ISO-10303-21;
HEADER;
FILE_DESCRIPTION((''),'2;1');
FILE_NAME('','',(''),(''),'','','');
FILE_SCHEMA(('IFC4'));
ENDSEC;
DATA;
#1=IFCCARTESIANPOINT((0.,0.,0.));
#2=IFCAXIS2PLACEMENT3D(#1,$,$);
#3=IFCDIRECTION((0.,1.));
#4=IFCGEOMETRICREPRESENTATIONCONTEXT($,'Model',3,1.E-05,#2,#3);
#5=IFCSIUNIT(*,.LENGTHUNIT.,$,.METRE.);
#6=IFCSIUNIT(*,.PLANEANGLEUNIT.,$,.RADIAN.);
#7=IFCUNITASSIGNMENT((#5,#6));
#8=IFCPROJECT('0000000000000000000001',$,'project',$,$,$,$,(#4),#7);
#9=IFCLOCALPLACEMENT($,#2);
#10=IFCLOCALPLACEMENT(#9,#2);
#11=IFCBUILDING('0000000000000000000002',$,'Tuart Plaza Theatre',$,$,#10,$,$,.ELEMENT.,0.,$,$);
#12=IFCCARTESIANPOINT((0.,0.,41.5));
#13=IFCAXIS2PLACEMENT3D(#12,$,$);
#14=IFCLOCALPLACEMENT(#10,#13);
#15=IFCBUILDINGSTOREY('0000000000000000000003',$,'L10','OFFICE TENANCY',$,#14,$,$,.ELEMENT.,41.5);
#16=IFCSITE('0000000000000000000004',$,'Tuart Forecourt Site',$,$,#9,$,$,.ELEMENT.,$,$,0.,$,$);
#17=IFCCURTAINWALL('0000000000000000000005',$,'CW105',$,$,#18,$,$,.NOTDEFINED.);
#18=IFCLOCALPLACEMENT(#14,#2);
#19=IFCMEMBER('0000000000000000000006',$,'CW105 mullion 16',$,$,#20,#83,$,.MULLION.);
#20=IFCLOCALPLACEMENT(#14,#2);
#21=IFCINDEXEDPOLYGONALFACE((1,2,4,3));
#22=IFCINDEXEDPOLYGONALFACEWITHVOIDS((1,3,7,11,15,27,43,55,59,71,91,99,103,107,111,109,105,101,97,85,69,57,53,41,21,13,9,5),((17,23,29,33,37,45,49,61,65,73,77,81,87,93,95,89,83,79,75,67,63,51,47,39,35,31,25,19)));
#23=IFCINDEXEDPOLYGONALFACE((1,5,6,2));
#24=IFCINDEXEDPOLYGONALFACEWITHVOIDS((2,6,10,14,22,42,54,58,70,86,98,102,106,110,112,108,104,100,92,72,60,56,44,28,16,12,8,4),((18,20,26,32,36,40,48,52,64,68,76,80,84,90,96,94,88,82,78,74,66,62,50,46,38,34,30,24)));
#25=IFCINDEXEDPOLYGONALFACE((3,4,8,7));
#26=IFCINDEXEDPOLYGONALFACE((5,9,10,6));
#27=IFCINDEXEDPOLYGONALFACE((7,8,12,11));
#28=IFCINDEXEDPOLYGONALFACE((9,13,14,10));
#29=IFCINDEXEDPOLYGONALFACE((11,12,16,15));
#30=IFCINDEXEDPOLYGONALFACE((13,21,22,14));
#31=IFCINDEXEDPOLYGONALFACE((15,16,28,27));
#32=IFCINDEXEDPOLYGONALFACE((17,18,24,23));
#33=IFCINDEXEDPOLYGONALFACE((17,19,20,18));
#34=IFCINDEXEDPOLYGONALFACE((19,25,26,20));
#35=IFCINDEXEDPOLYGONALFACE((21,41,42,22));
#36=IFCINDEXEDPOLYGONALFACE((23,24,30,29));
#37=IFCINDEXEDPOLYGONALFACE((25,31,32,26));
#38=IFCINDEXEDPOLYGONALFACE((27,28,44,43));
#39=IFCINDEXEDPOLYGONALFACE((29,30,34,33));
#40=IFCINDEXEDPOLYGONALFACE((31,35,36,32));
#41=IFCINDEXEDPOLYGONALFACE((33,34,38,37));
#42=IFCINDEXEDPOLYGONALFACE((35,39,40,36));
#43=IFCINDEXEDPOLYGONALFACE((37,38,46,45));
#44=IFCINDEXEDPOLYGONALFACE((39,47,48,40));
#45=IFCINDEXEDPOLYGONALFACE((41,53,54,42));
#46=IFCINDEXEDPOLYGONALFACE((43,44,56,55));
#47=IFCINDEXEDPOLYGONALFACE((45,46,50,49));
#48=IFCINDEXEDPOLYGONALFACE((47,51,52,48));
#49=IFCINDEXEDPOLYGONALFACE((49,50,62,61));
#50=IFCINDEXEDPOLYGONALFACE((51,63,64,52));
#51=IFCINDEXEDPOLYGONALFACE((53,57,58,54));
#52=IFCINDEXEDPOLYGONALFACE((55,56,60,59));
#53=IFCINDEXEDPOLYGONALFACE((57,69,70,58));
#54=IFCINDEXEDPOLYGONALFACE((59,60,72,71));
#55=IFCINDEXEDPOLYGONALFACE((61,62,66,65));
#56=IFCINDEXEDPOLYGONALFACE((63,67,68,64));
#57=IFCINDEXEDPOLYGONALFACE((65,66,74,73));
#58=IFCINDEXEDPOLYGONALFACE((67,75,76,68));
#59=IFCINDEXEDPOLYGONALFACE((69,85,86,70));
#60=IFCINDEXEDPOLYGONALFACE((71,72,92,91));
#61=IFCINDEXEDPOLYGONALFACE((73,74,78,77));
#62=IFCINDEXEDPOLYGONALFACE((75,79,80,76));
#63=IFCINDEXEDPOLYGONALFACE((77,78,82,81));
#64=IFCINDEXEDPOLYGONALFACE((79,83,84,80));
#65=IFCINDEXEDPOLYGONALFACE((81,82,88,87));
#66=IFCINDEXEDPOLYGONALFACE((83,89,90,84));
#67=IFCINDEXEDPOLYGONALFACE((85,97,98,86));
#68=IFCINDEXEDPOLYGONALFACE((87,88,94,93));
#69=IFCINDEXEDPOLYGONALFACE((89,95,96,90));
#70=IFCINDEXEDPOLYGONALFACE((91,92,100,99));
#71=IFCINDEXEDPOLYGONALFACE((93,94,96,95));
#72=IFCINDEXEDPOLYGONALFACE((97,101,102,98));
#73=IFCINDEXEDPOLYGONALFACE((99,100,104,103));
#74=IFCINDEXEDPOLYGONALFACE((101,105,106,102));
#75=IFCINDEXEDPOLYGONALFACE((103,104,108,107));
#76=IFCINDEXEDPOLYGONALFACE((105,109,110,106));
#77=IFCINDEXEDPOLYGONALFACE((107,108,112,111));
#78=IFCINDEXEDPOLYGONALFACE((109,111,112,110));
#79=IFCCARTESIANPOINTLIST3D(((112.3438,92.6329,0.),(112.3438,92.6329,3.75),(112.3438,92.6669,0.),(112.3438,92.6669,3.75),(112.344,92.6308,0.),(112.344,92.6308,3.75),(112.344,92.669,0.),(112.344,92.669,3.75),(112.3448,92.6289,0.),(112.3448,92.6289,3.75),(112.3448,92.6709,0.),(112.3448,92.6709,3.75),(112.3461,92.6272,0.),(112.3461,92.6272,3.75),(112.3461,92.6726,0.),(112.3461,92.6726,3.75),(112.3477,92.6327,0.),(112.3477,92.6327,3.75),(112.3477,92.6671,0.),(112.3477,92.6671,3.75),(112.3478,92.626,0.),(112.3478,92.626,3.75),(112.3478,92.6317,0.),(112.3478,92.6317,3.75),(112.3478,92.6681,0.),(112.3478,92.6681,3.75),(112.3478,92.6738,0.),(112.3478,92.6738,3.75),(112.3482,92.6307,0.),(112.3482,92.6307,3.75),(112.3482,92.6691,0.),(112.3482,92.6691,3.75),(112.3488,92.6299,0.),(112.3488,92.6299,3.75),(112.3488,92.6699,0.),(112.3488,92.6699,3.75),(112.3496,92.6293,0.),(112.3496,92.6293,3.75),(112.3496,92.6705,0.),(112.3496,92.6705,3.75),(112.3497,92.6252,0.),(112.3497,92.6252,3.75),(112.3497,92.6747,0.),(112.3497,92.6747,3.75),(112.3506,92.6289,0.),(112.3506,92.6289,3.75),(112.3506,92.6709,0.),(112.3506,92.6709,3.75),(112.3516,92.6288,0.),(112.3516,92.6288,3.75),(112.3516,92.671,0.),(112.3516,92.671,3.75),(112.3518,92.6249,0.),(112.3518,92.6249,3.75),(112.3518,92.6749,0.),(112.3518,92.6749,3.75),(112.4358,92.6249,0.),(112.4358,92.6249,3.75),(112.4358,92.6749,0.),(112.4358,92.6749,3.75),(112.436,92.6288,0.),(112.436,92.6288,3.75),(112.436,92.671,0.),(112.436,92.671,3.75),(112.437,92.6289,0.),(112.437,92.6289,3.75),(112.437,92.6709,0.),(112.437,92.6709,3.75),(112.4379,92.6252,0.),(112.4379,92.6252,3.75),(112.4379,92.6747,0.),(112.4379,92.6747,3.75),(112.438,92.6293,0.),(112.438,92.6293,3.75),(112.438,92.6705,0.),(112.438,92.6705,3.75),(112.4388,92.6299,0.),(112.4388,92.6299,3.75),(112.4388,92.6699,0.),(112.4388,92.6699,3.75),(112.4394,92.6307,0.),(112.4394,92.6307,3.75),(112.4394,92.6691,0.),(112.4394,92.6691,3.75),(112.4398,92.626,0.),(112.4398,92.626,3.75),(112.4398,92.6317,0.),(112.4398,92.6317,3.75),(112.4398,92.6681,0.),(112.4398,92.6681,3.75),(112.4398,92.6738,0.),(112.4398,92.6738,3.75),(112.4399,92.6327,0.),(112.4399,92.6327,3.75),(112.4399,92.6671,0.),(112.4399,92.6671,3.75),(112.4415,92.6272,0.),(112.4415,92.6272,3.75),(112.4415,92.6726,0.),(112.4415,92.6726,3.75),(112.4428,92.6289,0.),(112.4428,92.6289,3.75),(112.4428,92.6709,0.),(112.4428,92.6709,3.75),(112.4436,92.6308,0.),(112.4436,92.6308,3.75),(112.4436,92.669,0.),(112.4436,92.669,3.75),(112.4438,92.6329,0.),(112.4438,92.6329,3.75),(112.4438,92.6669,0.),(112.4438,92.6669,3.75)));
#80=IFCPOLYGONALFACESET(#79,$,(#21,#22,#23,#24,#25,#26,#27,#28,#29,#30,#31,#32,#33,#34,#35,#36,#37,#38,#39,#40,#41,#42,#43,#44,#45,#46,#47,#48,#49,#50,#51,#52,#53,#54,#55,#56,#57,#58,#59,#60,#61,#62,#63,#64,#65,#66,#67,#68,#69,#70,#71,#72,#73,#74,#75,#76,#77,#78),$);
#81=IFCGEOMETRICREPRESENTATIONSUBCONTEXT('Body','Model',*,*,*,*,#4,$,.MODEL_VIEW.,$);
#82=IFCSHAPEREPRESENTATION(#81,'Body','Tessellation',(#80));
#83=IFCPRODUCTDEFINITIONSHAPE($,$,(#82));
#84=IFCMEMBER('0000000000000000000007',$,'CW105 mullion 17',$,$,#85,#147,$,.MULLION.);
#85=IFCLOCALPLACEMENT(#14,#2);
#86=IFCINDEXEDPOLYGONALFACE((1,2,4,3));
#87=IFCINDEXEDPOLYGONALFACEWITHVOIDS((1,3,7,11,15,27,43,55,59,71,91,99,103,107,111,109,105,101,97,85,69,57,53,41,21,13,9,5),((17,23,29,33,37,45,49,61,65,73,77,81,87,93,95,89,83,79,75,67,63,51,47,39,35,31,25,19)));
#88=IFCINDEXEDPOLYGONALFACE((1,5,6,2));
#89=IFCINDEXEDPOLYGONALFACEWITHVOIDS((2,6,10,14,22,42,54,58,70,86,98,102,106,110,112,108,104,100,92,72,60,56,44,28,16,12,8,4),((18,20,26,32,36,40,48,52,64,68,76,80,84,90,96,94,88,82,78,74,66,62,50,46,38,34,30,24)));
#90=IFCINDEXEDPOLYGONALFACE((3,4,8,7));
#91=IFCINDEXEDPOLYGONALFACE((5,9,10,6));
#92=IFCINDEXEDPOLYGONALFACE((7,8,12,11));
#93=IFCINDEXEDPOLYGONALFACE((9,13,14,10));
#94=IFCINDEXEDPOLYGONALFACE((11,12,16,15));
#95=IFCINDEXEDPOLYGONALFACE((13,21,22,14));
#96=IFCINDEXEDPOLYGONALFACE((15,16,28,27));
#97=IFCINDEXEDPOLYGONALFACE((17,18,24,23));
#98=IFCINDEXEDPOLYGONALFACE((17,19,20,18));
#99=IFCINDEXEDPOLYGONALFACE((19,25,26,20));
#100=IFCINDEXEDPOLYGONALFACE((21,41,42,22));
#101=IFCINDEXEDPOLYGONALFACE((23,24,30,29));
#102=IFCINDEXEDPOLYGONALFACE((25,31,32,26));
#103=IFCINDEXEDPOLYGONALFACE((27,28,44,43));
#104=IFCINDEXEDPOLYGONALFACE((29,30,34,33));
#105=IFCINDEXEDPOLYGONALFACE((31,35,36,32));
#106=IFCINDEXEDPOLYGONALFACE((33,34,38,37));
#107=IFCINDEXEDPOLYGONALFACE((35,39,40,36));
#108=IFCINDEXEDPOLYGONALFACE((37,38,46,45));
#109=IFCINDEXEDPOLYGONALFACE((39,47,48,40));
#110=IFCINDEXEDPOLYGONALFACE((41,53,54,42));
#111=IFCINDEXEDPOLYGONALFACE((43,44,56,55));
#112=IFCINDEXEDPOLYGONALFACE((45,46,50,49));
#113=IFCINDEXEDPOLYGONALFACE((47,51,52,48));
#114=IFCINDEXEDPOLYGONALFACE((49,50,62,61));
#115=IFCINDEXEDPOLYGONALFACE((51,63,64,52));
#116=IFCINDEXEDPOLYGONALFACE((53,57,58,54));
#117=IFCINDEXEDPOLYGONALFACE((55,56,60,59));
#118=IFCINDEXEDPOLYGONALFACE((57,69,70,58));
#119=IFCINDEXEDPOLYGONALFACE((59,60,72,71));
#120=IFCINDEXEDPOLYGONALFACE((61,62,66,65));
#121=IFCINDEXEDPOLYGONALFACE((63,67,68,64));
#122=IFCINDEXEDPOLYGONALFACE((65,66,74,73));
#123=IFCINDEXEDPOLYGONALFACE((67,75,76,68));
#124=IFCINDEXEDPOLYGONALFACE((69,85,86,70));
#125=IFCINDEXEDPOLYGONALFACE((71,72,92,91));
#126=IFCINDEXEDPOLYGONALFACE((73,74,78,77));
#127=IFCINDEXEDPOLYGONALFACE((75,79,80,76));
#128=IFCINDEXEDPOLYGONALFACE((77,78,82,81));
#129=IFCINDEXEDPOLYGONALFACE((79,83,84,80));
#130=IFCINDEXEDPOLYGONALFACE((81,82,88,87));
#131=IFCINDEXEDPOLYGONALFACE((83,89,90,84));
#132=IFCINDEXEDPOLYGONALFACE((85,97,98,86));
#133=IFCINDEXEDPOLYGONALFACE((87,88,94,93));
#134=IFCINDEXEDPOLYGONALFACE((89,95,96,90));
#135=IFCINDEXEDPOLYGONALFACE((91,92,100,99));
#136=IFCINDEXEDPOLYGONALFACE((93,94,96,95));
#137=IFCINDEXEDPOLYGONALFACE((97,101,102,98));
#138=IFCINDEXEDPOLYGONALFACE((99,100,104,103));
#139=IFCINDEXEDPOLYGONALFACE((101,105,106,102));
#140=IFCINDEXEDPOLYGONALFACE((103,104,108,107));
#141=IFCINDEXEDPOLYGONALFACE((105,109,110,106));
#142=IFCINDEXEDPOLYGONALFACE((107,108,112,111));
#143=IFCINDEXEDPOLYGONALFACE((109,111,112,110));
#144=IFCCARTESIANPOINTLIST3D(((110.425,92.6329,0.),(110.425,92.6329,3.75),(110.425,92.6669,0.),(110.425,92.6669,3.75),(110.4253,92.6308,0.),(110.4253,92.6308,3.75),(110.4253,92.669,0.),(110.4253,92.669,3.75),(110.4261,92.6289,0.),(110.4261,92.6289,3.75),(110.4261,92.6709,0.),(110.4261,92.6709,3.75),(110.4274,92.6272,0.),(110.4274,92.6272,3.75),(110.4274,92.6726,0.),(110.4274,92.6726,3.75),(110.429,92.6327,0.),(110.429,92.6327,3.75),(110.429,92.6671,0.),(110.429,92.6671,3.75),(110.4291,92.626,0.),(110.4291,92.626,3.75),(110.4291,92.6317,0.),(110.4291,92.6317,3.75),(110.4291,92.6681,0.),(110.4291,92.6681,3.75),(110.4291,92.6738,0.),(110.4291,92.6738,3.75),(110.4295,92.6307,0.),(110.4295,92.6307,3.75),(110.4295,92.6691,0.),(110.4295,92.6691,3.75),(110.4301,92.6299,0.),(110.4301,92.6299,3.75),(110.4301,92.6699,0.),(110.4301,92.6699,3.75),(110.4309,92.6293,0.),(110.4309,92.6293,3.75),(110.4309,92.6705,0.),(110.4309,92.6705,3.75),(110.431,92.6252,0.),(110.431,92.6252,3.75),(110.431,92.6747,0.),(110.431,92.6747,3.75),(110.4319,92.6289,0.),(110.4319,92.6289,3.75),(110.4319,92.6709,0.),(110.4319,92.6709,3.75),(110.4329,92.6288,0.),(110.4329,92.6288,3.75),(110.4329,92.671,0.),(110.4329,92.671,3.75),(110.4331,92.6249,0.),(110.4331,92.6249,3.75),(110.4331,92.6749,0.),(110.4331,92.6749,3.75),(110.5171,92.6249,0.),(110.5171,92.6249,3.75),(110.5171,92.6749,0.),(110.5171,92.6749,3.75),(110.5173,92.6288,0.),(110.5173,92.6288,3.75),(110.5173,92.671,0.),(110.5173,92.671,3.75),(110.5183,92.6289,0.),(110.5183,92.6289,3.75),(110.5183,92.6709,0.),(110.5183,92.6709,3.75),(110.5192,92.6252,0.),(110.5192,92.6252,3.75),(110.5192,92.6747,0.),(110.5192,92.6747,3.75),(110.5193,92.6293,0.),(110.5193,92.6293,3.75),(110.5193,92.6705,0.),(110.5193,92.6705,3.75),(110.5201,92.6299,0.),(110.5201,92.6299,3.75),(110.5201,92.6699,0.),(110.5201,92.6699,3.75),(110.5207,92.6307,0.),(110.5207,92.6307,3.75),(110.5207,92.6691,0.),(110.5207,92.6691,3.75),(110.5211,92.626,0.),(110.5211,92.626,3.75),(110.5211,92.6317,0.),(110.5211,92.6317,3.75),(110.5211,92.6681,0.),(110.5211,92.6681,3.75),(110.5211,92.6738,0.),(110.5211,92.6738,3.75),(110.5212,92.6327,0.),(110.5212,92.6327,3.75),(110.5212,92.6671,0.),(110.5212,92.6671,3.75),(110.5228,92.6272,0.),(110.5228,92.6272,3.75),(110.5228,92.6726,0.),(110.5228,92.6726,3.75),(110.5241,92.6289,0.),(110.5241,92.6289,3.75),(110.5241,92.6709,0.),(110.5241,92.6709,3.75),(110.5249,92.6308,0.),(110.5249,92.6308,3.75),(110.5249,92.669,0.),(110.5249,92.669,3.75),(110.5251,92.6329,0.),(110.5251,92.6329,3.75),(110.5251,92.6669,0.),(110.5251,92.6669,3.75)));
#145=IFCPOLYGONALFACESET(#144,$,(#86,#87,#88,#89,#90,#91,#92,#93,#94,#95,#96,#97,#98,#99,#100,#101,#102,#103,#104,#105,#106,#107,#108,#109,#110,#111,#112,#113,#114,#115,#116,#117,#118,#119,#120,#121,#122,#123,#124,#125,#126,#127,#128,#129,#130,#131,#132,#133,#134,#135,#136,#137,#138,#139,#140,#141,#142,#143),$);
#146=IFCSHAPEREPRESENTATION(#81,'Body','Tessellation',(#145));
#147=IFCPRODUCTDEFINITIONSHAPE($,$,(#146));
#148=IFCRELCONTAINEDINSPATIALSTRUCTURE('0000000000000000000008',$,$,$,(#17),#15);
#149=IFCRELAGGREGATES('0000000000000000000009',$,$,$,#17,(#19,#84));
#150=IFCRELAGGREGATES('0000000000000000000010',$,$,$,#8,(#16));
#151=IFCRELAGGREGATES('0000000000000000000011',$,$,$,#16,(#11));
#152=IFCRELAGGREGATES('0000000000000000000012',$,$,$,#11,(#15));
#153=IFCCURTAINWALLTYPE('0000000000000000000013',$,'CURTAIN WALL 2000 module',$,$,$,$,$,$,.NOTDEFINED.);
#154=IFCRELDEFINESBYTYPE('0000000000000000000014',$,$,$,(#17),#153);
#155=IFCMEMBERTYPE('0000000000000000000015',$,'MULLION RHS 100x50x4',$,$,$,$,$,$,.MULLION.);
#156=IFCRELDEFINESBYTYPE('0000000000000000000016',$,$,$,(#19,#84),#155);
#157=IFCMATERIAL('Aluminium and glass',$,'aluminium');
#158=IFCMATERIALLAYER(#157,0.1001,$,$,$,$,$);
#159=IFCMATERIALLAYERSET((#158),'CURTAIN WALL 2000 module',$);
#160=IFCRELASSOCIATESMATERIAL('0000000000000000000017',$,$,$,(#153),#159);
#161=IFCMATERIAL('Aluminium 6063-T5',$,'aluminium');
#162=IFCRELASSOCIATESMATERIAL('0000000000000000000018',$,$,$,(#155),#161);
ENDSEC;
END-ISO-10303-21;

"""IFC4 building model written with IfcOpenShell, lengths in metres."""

from ifc_helpers import new_model, si_unit, direction, frame, origin, origin_2d, place, context, subcontext, project, spatial, hollow_rectangle, extrude, material, layer, layer_set, material_profile, profile_set, type_object, element, aggregate, save


model = new_model("IFC4")

# Units and contexts
model_context = context("Model", 3, precision=1e-05, world=origin(), true_north=direction((0.0, 1.0)))
body_context = subcontext(model_context, "Body", "Model", "MODEL_VIEW")
ifc_project = project(units=[si_unit("LENGTHUNIT", "METRE"), si_unit("PLANEANGLEUNIT", "RADIAN")], contexts=[model_context])

# Site, building, storey
site_placement = place(None, origin())
site = spatial("IfcSite", under=ifc_project, at=site_placement, Name="Tuart Forecourt Site", CompositionType="ELEMENT", RefElevation=0.0)
building_placement = place(site_placement, origin())
building = spatial("IfcBuilding", under=site, at=building_placement, Name="Tuart Plaza Theatre", CompositionType="ELEMENT", ElevationOfRefHeight=0.0)
storey_placement = place(building_placement, frame((0.0, 0.0, 41.5)))
storey = spatial("IfcBuildingStorey", under=building, at=storey_placement, Name="L10", Description="OFFICE TENANCY", CompositionType="ELEMENT", Elevation=41.5)

# Curtain wall, members
ifc_material_1 = material(Name="Aluminium and glass", Category="aluminium")
ifc_layer_1 = layer(ifc_material_1, 0.1001)
ifc_layer_set_1 = layer_set([ifc_layer_1], Name="CURTAIN WALL 2000 module")
curtain_wall_type = type_object("IfcCurtainWallType", Name="CURTAIN WALL 2000 module", PredefinedType="NOTDEFINED", material=ifc_layer_set_1)
curtain_wall_placement = place(storey_placement, origin())
curtain_wall = element("IfcCurtainWall", 1, at=curtain_wall_placement, inside=storey, type_object=curtain_wall_type, Name="CW105", PredefinedType="NOTDEFINED")
ifc_material_2 = material(Name="Aluminium 6063-T5", Category="aluminium")
ifc_material_profile_1 = material_profile(ifc_material_2, hollow_rectangle(XDim=0.05, YDim=0.1001, WallThickness=0.0039, InnerFilletRadius=0.0039, OuterFilletRadius=0.0081, at=origin_2d()), Name="RHS 100x50x4")
ifc_profile_set_1 = profile_set([ifc_material_profile_1], Name="Aluminium 6063-T5")
member_type_1 = type_object("IfcMemberType", Name="MULLION RHS 100x50x4", PredefinedType="MULLION", material=ifc_profile_set_1)
member_1_placement = place(storey_placement, frame((112.3938, 92.6499, 0.0), z_axis=(0.0, 0.0, 1.0), x_axis=(0.0, -1.0, 0.0)))
member_1 = element("IfcMember", 2, at=member_1_placement, type_object=member_type_1, Name="CW105 mullion 16", PredefinedType="MULLION", context=body_context, shape_type="SweptSolid", body=[
    extrude(hollow_rectangle(XDim=0.05, YDim=0.1001, WallThickness=0.0039, InnerFilletRadius=0.0039, OuterFilletRadius=0.0081, at=origin_2d()), origin(), (0.0, 0.0, 1.0), 3.75),
])
member_2_placement = place(storey_placement, frame((110.4751, 92.6499, 0.0), z_axis=(0.0, 0.0, 1.0), x_axis=(0.0, -1.0, 0.0)))
member_2 = element("IfcMember", 3, at=member_2_placement, type_object=member_type_1, Name="CW105 mullion 17", PredefinedType="MULLION", context=body_context, shape_type="SweptSolid", body=[
    extrude(hollow_rectangle(XDim=0.05, YDim=0.1001, WallThickness=0.0039, InnerFilletRadius=0.0039, OuterFilletRadius=0.0081, at=origin_2d()), origin(), (0.0, 0.0, 1.0), 3.75),
])
aggregate(curtain_wall, [member_1, member_2])

save(model, "model.ifc")
